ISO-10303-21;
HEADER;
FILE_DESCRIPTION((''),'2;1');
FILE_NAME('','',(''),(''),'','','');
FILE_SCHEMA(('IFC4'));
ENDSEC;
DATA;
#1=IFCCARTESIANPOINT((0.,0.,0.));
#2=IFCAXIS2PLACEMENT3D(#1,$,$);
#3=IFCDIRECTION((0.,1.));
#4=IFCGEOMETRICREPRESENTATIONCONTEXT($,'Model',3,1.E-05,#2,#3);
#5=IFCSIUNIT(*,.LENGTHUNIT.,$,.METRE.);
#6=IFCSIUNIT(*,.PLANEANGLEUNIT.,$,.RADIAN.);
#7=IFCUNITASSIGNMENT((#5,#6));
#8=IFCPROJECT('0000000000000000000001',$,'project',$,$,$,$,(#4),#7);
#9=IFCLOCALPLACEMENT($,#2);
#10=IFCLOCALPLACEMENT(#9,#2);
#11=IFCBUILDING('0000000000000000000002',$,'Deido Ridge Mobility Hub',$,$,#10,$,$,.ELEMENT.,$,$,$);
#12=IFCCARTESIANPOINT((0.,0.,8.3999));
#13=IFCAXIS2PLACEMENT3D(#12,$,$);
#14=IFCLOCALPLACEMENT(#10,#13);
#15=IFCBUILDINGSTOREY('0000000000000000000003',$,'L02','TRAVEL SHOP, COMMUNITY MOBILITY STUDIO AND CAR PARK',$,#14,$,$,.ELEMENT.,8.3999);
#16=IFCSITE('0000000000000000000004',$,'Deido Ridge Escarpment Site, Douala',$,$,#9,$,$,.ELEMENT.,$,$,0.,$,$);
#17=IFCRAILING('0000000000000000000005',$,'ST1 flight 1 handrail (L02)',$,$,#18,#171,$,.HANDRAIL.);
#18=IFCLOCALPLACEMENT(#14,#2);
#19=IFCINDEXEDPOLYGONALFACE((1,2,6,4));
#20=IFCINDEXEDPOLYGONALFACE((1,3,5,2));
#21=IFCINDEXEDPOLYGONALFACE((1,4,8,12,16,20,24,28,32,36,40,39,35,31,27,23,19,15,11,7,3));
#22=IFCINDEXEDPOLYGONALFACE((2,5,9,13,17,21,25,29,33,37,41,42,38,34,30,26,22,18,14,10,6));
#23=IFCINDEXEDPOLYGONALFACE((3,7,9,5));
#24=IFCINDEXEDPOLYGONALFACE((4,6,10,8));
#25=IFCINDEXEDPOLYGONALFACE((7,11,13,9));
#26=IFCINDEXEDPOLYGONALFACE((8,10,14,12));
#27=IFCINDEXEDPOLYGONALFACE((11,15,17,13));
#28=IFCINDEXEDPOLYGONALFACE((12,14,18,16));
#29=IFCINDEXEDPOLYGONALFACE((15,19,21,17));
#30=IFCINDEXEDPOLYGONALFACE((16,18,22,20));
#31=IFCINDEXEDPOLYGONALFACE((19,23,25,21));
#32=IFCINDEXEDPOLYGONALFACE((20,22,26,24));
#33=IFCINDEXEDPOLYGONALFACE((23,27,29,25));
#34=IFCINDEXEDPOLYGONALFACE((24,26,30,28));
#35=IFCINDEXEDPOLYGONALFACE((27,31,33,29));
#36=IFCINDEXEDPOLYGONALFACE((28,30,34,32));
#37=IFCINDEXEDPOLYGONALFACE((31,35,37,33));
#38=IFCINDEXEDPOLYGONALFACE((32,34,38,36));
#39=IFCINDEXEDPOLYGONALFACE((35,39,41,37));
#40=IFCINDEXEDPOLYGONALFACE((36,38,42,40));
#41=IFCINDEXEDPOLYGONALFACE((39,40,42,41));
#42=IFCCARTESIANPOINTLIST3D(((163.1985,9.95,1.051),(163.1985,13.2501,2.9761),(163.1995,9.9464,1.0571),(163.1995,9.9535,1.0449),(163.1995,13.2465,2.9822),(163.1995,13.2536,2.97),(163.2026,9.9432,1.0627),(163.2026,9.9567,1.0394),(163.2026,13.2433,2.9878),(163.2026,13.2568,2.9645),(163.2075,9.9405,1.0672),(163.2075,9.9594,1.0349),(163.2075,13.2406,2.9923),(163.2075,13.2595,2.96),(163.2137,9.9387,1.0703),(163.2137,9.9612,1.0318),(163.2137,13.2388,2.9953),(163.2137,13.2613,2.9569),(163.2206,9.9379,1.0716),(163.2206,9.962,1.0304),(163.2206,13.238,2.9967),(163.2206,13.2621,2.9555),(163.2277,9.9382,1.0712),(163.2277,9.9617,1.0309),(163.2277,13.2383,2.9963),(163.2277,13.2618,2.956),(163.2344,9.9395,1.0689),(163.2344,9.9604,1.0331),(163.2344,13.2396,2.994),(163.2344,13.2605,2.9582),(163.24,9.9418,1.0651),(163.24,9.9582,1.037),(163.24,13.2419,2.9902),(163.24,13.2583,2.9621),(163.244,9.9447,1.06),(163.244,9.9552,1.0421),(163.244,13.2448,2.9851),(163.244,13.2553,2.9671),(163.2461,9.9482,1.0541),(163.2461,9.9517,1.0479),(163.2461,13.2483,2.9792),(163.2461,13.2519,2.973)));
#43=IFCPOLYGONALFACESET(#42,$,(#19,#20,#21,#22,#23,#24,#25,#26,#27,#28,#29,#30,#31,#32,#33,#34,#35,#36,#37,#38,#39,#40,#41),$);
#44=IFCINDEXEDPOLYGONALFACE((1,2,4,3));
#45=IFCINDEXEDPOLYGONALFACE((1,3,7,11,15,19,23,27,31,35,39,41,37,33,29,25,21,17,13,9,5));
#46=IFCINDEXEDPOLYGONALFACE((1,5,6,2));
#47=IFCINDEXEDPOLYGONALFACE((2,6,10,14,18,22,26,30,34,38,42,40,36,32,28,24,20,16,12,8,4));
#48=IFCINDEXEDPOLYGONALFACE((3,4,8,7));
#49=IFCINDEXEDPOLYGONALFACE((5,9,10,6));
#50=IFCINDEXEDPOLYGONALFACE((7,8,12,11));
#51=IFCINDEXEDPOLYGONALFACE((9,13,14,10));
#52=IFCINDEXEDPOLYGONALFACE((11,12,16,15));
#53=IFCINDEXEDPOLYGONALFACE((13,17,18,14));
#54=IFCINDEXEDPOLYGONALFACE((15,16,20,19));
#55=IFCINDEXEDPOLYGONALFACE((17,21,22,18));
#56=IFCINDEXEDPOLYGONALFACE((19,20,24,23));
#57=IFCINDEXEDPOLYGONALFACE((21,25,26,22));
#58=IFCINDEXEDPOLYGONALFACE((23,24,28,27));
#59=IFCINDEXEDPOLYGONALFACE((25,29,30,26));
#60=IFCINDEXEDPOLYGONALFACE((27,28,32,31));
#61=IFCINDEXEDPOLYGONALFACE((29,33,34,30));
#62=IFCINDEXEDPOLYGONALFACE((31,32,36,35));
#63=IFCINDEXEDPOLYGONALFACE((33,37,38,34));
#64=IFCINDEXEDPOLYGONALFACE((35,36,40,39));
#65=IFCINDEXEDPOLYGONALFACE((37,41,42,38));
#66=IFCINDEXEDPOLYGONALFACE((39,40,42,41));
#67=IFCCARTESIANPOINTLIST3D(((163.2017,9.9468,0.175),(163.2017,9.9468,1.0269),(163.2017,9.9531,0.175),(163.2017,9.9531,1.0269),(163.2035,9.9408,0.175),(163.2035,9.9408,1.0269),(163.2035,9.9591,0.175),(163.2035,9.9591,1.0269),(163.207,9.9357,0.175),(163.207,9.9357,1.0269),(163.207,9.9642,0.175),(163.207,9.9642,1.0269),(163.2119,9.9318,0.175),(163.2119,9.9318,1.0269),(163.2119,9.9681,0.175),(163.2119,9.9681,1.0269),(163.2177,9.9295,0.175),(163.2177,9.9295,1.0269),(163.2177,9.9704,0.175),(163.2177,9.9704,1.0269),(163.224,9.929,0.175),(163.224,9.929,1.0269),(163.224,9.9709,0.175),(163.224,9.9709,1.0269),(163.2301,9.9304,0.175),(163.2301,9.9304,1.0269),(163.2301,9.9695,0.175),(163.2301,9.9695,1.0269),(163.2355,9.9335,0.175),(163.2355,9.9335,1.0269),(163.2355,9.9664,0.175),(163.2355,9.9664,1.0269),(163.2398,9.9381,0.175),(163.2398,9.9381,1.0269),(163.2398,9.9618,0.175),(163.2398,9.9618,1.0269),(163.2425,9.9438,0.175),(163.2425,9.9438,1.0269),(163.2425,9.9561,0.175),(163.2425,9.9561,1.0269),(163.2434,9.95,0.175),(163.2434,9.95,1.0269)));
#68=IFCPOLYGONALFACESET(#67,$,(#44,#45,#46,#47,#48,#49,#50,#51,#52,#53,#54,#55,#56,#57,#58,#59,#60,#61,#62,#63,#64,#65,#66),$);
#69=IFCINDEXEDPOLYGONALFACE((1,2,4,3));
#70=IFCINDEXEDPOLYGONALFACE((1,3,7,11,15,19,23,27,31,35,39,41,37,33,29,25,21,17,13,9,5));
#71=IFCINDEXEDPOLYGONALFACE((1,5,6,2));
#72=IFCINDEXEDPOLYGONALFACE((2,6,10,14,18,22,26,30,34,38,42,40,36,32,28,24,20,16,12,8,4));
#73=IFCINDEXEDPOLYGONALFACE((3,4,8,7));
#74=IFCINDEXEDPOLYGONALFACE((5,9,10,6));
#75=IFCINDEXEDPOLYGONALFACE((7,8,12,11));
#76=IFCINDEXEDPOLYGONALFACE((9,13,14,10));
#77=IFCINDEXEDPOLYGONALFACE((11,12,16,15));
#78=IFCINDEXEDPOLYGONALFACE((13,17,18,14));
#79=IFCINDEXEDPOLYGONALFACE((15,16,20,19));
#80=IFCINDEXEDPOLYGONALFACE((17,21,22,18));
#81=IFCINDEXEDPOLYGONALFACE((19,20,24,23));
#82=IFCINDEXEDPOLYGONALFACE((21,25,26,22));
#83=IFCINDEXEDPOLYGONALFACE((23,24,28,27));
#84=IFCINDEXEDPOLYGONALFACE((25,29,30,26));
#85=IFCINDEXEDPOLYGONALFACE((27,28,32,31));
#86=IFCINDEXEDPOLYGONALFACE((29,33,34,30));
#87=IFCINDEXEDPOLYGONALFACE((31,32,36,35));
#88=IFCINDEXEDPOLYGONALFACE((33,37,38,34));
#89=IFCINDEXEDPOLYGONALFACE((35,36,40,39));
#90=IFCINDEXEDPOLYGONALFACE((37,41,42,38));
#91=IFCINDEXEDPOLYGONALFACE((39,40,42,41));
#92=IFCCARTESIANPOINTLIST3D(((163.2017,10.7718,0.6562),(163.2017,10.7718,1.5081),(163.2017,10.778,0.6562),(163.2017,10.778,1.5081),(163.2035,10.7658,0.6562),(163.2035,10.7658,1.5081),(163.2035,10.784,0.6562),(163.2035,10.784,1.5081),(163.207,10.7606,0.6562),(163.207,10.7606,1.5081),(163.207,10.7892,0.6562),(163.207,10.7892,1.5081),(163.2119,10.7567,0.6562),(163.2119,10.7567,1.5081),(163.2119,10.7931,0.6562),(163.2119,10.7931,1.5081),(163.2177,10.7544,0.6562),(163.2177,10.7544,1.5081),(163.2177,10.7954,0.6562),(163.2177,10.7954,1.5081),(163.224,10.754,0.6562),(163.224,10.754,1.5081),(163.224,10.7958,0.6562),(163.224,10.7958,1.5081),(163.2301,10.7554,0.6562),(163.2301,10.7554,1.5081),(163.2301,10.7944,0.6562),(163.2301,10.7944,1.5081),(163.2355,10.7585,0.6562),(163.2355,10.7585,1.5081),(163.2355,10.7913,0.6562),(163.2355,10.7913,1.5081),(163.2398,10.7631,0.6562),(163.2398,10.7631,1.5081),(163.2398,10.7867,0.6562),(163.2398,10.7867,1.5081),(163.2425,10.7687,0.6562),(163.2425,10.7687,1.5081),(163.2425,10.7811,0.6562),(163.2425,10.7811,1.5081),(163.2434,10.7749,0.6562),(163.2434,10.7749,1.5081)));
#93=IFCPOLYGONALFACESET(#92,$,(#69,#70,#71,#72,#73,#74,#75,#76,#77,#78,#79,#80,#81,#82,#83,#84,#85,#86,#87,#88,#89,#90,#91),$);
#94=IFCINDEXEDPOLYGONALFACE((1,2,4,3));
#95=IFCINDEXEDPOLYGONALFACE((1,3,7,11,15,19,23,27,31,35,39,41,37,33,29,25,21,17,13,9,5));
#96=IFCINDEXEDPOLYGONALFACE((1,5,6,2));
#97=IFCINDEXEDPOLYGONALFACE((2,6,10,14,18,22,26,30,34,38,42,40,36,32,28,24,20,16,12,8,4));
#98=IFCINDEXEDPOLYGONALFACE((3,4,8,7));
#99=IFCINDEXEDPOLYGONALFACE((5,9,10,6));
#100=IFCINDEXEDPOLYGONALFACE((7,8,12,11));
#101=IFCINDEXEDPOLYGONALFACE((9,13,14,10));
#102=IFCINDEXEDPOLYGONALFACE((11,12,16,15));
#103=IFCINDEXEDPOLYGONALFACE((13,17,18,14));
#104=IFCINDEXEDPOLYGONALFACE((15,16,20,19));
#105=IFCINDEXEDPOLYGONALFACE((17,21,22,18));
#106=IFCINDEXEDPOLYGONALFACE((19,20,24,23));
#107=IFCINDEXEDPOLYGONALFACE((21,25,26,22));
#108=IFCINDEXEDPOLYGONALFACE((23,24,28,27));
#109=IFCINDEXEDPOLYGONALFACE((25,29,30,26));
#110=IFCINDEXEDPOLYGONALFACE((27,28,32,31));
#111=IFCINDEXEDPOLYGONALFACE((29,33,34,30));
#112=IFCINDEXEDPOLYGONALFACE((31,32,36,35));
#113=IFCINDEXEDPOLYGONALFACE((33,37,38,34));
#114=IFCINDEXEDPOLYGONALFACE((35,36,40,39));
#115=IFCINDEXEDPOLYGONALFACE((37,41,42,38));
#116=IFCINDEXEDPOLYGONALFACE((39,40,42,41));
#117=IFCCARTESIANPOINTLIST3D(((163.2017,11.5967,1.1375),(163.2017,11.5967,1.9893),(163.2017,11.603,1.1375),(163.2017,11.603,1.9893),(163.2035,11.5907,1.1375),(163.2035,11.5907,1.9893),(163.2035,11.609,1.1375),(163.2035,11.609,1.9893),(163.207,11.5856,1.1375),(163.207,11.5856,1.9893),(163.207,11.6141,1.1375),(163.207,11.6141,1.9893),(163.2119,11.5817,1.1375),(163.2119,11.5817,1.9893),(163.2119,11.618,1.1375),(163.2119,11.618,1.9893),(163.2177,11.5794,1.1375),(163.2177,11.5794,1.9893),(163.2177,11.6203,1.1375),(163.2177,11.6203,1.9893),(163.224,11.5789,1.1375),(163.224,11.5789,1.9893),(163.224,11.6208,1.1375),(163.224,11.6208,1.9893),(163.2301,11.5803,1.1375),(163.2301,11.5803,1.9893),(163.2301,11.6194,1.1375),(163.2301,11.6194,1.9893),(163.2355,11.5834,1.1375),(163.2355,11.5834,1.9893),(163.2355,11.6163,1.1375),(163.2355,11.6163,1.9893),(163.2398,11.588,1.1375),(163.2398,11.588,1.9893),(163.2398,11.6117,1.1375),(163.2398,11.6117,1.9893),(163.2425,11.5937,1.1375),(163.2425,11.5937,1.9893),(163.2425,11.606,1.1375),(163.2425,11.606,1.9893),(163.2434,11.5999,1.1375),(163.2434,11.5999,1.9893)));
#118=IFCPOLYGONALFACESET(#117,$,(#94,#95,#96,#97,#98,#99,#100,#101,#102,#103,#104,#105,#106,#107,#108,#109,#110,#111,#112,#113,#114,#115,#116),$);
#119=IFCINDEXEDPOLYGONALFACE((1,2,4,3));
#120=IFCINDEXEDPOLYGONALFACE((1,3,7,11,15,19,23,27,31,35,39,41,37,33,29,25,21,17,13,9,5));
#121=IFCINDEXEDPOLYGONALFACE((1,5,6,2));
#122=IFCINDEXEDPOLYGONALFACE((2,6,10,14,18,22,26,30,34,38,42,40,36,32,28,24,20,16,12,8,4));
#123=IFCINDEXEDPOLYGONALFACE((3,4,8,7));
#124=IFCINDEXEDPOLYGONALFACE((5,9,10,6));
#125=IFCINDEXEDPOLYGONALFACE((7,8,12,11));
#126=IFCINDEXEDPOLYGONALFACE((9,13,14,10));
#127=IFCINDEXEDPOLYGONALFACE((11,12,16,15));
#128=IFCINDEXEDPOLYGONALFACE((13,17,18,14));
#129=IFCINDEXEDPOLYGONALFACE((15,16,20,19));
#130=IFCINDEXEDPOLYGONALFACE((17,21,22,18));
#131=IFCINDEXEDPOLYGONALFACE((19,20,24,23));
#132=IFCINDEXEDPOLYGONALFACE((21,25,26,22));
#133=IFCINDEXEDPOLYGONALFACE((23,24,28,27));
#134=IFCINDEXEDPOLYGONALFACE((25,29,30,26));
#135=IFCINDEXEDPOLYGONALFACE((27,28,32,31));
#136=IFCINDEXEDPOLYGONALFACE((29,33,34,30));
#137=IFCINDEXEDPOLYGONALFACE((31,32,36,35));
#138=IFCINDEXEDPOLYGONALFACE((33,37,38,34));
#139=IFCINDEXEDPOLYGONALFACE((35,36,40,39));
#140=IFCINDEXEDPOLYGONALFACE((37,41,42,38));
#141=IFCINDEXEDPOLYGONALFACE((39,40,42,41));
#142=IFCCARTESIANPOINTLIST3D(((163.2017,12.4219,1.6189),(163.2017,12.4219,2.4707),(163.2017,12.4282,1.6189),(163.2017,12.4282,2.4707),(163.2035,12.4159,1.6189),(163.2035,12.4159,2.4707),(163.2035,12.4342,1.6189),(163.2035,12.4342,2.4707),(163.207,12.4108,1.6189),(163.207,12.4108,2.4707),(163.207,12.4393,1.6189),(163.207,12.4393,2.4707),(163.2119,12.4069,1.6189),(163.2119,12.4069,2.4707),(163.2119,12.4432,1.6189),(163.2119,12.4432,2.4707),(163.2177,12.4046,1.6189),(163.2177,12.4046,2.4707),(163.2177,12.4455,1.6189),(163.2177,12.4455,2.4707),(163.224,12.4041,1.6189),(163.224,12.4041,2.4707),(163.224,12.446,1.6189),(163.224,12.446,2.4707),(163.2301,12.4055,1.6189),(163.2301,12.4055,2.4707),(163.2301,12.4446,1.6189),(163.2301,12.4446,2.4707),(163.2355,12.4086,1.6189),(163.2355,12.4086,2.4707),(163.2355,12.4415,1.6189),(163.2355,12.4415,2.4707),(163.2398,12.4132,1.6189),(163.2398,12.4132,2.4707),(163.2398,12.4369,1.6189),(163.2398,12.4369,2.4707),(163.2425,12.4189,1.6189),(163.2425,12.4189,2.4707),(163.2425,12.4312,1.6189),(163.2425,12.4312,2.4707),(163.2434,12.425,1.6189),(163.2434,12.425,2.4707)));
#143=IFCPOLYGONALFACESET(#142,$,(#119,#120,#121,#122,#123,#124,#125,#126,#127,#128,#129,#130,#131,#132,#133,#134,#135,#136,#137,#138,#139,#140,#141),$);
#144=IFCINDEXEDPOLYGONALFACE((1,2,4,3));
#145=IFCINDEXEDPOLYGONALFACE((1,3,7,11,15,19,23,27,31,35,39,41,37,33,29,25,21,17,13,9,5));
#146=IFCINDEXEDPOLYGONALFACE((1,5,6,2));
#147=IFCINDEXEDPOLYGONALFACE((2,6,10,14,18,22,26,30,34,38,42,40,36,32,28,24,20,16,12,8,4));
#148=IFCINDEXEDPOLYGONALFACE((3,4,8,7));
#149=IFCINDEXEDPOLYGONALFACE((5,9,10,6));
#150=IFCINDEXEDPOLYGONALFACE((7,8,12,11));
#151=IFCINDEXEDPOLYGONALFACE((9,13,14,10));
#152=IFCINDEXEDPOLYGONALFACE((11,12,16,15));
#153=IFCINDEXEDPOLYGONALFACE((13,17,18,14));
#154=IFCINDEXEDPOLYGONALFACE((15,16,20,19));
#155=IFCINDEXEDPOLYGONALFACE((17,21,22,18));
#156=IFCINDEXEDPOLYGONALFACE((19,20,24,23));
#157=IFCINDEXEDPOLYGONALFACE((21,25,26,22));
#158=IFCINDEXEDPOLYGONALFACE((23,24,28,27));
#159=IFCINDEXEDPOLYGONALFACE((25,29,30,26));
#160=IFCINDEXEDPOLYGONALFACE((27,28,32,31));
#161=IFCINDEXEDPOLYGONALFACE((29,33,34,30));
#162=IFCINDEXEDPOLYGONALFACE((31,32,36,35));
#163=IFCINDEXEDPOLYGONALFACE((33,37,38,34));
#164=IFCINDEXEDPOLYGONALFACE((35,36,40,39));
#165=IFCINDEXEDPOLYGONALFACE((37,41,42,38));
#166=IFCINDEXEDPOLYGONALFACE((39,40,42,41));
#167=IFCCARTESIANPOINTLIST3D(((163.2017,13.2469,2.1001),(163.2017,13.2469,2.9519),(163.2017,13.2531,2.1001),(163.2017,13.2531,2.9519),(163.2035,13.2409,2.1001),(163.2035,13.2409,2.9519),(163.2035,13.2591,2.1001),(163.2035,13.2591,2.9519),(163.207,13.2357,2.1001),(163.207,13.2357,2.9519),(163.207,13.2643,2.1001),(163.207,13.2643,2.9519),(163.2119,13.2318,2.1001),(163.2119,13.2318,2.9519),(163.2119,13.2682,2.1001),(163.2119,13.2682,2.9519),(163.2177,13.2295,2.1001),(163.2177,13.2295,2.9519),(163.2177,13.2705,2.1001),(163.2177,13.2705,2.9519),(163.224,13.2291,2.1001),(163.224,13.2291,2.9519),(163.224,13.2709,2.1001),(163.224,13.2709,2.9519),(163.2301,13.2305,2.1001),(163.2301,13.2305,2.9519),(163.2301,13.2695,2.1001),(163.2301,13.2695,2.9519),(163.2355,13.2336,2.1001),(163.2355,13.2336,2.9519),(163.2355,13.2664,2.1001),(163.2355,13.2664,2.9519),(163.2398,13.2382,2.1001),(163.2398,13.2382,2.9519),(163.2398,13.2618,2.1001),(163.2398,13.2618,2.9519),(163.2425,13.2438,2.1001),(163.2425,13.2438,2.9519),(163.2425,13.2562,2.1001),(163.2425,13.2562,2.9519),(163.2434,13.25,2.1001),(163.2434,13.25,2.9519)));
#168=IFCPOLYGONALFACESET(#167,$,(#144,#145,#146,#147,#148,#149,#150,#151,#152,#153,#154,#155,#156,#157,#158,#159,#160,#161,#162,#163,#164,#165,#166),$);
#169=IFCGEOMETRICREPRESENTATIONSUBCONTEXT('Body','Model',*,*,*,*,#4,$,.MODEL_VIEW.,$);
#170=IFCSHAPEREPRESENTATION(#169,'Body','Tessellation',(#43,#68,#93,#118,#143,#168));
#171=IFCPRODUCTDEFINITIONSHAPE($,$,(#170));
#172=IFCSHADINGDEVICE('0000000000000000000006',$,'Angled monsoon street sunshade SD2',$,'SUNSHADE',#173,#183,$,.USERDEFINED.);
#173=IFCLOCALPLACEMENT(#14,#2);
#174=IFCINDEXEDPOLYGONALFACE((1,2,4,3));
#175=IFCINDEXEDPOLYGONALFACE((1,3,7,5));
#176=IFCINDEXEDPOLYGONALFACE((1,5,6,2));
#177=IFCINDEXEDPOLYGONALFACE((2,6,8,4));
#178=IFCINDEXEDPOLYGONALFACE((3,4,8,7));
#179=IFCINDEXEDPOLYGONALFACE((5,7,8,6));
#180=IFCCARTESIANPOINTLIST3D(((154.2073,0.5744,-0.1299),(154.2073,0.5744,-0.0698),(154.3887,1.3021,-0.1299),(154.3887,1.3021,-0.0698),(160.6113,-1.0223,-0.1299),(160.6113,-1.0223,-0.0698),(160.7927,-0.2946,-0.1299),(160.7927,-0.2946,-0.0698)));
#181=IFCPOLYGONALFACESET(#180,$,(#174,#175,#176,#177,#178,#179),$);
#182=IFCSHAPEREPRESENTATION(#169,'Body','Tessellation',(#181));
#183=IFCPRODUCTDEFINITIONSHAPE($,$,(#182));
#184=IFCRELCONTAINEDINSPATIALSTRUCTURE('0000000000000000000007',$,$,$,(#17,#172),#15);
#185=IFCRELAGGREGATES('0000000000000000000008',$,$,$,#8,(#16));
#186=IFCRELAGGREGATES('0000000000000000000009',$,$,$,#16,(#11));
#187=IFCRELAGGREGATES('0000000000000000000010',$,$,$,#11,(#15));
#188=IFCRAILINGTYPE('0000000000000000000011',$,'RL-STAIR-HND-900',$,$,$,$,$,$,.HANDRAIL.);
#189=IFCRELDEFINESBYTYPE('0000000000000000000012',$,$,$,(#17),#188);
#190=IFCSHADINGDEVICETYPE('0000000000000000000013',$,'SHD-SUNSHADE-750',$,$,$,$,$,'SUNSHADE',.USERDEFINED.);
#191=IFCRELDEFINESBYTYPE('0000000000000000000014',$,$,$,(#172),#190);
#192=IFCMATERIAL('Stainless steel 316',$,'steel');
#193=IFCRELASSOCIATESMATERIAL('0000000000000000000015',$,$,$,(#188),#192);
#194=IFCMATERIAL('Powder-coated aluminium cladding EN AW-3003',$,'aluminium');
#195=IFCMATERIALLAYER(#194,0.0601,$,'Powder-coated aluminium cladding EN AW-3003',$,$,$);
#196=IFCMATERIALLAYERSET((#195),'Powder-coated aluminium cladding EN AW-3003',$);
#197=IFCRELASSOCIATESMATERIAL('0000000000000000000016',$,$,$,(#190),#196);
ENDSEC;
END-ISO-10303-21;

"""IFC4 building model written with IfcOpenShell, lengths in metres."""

from ifc_helpers import new_model, si_unit, direction, frame, origin, origin_2d, place, context, subcontext, project, spatial, rectangle, circle, extrude, material, layer, layer_set, type_object, element, save


model = new_model("IFC4")

# Units and contexts
model_context = context("Model", 3, precision=1e-05, world=origin(), true_north=direction((0.0, 1.0)))
body_context = subcontext(model_context, "Body", "Model", "MODEL_VIEW")
ifc_project = project(units=[si_unit("LENGTHUNIT", "METRE"), si_unit("PLANEANGLEUNIT", "RADIAN")], contexts=[model_context])

# Site, building, storey
site_placement = place(None, origin())
site = spatial("IfcSite", under=ifc_project, at=site_placement, Name="Deido Ridge Escarpment Site, Douala", CompositionType="ELEMENT", RefElevation=0.0)
building_placement = place(site_placement, origin())
building = spatial("IfcBuilding", under=site, at=building_placement, Name="Deido Ridge Mobility Hub", CompositionType="ELEMENT")
storey_placement = place(building_placement, frame((0.0, 0.0, 8.3999)))
storey = spatial("IfcBuildingStorey", under=building, at=storey_placement, Name="L02", Description="TRAVEL SHOP, COMMUNITY MOBILITY STUDIO AND CAR PARK", CompositionType="ELEMENT", Elevation=8.3999)

# Railing
ifc_material_1 = material(Name="Stainless steel 316", Category="steel")
railing_type = type_object("IfcRailingType", Name="RL-STAIR-HND-900", PredefinedType="HANDRAIL", material=ifc_material_1)
railing_placement = place(storey_placement, frame((163.2224, 9.95, 0.175)))
element("IfcRailing", 1, at=railing_placement, inside=storey, type_object=railing_type, Name="ST1 flight 1 handrail (L02)", PredefinedType="HANDRAIL", context=body_context, shape_type="SweptSolid", body=[
    extrude(circle(Radius=0.0239, at=origin_2d()), frame((0.0, 0.0, 0.876), z_axis=(0.0, 0.863777, 0.503875), x_axis=(-1.0, 0.0, 0.0)), (0.0, 0.0, 1.0), 3.8206),
    extrude(circle(Radius=0.021, at=origin_2d()), origin(), (0.0, 0.0, 1.0), 0.8518),
    extrude(circle(Radius=0.021, at=origin_2d()), frame((0.0, 0.825, 0.4812)), (0.0, 0.0, 1.0), 0.8518),
    extrude(circle(Radius=0.021, at=origin_2d()), frame((0.0, 1.6499, 0.9624)), (0.0, 0.0, 1.0), 0.8518),
    extrude(circle(Radius=0.021, at=origin_2d()), frame((0.0, 2.4751, 1.4438)), (0.0, 0.0, 1.0), 0.8518),
    extrude(circle(Radius=0.021, at=origin_2d()), frame((0.0, 3.3, 1.925)), (0.0, 0.0, 1.0), 0.8518),
])

# Shading device
ifc_material_2 = material(Name="Powder-coated aluminium cladding EN AW-3003", Category="aluminium")
ifc_layer_1 = layer(ifc_material_2, 0.0601, Name="Powder-coated aluminium cladding EN AW-3003")
ifc_layer_set_1 = layer_set([ifc_layer_1], Name="Powder-coated aluminium cladding EN AW-3003")
shading_device_type = type_object("IfcShadingDeviceType", Name="SHD-SUNSHADE-750", ElementType="SUNSHADE", PredefinedType="USERDEFINED", material=ifc_layer_set_1)
shading_device_placement = place(storey_placement, frame((157.5, 0.1399, -0.1299), z_axis=(0.0, 0.0, 1.0), x_axis=(0.970296, -0.241922, 0.0)))
element("IfcShadingDevice", 2, at=shading_device_placement, inside=storey, type_object=shading_device_type, Name="Angled monsoon street sunshade SD2", ObjectType="SUNSHADE", PredefinedType="USERDEFINED", context=body_context, shape_type="SweptSolid", body=[
    extrude(rectangle(XDim=6.6001, YDim=0.75, at=origin_2d()), origin(), (0.0, 0.0, 1.0), 0.0601),
])

save(model, "model.ifc")
